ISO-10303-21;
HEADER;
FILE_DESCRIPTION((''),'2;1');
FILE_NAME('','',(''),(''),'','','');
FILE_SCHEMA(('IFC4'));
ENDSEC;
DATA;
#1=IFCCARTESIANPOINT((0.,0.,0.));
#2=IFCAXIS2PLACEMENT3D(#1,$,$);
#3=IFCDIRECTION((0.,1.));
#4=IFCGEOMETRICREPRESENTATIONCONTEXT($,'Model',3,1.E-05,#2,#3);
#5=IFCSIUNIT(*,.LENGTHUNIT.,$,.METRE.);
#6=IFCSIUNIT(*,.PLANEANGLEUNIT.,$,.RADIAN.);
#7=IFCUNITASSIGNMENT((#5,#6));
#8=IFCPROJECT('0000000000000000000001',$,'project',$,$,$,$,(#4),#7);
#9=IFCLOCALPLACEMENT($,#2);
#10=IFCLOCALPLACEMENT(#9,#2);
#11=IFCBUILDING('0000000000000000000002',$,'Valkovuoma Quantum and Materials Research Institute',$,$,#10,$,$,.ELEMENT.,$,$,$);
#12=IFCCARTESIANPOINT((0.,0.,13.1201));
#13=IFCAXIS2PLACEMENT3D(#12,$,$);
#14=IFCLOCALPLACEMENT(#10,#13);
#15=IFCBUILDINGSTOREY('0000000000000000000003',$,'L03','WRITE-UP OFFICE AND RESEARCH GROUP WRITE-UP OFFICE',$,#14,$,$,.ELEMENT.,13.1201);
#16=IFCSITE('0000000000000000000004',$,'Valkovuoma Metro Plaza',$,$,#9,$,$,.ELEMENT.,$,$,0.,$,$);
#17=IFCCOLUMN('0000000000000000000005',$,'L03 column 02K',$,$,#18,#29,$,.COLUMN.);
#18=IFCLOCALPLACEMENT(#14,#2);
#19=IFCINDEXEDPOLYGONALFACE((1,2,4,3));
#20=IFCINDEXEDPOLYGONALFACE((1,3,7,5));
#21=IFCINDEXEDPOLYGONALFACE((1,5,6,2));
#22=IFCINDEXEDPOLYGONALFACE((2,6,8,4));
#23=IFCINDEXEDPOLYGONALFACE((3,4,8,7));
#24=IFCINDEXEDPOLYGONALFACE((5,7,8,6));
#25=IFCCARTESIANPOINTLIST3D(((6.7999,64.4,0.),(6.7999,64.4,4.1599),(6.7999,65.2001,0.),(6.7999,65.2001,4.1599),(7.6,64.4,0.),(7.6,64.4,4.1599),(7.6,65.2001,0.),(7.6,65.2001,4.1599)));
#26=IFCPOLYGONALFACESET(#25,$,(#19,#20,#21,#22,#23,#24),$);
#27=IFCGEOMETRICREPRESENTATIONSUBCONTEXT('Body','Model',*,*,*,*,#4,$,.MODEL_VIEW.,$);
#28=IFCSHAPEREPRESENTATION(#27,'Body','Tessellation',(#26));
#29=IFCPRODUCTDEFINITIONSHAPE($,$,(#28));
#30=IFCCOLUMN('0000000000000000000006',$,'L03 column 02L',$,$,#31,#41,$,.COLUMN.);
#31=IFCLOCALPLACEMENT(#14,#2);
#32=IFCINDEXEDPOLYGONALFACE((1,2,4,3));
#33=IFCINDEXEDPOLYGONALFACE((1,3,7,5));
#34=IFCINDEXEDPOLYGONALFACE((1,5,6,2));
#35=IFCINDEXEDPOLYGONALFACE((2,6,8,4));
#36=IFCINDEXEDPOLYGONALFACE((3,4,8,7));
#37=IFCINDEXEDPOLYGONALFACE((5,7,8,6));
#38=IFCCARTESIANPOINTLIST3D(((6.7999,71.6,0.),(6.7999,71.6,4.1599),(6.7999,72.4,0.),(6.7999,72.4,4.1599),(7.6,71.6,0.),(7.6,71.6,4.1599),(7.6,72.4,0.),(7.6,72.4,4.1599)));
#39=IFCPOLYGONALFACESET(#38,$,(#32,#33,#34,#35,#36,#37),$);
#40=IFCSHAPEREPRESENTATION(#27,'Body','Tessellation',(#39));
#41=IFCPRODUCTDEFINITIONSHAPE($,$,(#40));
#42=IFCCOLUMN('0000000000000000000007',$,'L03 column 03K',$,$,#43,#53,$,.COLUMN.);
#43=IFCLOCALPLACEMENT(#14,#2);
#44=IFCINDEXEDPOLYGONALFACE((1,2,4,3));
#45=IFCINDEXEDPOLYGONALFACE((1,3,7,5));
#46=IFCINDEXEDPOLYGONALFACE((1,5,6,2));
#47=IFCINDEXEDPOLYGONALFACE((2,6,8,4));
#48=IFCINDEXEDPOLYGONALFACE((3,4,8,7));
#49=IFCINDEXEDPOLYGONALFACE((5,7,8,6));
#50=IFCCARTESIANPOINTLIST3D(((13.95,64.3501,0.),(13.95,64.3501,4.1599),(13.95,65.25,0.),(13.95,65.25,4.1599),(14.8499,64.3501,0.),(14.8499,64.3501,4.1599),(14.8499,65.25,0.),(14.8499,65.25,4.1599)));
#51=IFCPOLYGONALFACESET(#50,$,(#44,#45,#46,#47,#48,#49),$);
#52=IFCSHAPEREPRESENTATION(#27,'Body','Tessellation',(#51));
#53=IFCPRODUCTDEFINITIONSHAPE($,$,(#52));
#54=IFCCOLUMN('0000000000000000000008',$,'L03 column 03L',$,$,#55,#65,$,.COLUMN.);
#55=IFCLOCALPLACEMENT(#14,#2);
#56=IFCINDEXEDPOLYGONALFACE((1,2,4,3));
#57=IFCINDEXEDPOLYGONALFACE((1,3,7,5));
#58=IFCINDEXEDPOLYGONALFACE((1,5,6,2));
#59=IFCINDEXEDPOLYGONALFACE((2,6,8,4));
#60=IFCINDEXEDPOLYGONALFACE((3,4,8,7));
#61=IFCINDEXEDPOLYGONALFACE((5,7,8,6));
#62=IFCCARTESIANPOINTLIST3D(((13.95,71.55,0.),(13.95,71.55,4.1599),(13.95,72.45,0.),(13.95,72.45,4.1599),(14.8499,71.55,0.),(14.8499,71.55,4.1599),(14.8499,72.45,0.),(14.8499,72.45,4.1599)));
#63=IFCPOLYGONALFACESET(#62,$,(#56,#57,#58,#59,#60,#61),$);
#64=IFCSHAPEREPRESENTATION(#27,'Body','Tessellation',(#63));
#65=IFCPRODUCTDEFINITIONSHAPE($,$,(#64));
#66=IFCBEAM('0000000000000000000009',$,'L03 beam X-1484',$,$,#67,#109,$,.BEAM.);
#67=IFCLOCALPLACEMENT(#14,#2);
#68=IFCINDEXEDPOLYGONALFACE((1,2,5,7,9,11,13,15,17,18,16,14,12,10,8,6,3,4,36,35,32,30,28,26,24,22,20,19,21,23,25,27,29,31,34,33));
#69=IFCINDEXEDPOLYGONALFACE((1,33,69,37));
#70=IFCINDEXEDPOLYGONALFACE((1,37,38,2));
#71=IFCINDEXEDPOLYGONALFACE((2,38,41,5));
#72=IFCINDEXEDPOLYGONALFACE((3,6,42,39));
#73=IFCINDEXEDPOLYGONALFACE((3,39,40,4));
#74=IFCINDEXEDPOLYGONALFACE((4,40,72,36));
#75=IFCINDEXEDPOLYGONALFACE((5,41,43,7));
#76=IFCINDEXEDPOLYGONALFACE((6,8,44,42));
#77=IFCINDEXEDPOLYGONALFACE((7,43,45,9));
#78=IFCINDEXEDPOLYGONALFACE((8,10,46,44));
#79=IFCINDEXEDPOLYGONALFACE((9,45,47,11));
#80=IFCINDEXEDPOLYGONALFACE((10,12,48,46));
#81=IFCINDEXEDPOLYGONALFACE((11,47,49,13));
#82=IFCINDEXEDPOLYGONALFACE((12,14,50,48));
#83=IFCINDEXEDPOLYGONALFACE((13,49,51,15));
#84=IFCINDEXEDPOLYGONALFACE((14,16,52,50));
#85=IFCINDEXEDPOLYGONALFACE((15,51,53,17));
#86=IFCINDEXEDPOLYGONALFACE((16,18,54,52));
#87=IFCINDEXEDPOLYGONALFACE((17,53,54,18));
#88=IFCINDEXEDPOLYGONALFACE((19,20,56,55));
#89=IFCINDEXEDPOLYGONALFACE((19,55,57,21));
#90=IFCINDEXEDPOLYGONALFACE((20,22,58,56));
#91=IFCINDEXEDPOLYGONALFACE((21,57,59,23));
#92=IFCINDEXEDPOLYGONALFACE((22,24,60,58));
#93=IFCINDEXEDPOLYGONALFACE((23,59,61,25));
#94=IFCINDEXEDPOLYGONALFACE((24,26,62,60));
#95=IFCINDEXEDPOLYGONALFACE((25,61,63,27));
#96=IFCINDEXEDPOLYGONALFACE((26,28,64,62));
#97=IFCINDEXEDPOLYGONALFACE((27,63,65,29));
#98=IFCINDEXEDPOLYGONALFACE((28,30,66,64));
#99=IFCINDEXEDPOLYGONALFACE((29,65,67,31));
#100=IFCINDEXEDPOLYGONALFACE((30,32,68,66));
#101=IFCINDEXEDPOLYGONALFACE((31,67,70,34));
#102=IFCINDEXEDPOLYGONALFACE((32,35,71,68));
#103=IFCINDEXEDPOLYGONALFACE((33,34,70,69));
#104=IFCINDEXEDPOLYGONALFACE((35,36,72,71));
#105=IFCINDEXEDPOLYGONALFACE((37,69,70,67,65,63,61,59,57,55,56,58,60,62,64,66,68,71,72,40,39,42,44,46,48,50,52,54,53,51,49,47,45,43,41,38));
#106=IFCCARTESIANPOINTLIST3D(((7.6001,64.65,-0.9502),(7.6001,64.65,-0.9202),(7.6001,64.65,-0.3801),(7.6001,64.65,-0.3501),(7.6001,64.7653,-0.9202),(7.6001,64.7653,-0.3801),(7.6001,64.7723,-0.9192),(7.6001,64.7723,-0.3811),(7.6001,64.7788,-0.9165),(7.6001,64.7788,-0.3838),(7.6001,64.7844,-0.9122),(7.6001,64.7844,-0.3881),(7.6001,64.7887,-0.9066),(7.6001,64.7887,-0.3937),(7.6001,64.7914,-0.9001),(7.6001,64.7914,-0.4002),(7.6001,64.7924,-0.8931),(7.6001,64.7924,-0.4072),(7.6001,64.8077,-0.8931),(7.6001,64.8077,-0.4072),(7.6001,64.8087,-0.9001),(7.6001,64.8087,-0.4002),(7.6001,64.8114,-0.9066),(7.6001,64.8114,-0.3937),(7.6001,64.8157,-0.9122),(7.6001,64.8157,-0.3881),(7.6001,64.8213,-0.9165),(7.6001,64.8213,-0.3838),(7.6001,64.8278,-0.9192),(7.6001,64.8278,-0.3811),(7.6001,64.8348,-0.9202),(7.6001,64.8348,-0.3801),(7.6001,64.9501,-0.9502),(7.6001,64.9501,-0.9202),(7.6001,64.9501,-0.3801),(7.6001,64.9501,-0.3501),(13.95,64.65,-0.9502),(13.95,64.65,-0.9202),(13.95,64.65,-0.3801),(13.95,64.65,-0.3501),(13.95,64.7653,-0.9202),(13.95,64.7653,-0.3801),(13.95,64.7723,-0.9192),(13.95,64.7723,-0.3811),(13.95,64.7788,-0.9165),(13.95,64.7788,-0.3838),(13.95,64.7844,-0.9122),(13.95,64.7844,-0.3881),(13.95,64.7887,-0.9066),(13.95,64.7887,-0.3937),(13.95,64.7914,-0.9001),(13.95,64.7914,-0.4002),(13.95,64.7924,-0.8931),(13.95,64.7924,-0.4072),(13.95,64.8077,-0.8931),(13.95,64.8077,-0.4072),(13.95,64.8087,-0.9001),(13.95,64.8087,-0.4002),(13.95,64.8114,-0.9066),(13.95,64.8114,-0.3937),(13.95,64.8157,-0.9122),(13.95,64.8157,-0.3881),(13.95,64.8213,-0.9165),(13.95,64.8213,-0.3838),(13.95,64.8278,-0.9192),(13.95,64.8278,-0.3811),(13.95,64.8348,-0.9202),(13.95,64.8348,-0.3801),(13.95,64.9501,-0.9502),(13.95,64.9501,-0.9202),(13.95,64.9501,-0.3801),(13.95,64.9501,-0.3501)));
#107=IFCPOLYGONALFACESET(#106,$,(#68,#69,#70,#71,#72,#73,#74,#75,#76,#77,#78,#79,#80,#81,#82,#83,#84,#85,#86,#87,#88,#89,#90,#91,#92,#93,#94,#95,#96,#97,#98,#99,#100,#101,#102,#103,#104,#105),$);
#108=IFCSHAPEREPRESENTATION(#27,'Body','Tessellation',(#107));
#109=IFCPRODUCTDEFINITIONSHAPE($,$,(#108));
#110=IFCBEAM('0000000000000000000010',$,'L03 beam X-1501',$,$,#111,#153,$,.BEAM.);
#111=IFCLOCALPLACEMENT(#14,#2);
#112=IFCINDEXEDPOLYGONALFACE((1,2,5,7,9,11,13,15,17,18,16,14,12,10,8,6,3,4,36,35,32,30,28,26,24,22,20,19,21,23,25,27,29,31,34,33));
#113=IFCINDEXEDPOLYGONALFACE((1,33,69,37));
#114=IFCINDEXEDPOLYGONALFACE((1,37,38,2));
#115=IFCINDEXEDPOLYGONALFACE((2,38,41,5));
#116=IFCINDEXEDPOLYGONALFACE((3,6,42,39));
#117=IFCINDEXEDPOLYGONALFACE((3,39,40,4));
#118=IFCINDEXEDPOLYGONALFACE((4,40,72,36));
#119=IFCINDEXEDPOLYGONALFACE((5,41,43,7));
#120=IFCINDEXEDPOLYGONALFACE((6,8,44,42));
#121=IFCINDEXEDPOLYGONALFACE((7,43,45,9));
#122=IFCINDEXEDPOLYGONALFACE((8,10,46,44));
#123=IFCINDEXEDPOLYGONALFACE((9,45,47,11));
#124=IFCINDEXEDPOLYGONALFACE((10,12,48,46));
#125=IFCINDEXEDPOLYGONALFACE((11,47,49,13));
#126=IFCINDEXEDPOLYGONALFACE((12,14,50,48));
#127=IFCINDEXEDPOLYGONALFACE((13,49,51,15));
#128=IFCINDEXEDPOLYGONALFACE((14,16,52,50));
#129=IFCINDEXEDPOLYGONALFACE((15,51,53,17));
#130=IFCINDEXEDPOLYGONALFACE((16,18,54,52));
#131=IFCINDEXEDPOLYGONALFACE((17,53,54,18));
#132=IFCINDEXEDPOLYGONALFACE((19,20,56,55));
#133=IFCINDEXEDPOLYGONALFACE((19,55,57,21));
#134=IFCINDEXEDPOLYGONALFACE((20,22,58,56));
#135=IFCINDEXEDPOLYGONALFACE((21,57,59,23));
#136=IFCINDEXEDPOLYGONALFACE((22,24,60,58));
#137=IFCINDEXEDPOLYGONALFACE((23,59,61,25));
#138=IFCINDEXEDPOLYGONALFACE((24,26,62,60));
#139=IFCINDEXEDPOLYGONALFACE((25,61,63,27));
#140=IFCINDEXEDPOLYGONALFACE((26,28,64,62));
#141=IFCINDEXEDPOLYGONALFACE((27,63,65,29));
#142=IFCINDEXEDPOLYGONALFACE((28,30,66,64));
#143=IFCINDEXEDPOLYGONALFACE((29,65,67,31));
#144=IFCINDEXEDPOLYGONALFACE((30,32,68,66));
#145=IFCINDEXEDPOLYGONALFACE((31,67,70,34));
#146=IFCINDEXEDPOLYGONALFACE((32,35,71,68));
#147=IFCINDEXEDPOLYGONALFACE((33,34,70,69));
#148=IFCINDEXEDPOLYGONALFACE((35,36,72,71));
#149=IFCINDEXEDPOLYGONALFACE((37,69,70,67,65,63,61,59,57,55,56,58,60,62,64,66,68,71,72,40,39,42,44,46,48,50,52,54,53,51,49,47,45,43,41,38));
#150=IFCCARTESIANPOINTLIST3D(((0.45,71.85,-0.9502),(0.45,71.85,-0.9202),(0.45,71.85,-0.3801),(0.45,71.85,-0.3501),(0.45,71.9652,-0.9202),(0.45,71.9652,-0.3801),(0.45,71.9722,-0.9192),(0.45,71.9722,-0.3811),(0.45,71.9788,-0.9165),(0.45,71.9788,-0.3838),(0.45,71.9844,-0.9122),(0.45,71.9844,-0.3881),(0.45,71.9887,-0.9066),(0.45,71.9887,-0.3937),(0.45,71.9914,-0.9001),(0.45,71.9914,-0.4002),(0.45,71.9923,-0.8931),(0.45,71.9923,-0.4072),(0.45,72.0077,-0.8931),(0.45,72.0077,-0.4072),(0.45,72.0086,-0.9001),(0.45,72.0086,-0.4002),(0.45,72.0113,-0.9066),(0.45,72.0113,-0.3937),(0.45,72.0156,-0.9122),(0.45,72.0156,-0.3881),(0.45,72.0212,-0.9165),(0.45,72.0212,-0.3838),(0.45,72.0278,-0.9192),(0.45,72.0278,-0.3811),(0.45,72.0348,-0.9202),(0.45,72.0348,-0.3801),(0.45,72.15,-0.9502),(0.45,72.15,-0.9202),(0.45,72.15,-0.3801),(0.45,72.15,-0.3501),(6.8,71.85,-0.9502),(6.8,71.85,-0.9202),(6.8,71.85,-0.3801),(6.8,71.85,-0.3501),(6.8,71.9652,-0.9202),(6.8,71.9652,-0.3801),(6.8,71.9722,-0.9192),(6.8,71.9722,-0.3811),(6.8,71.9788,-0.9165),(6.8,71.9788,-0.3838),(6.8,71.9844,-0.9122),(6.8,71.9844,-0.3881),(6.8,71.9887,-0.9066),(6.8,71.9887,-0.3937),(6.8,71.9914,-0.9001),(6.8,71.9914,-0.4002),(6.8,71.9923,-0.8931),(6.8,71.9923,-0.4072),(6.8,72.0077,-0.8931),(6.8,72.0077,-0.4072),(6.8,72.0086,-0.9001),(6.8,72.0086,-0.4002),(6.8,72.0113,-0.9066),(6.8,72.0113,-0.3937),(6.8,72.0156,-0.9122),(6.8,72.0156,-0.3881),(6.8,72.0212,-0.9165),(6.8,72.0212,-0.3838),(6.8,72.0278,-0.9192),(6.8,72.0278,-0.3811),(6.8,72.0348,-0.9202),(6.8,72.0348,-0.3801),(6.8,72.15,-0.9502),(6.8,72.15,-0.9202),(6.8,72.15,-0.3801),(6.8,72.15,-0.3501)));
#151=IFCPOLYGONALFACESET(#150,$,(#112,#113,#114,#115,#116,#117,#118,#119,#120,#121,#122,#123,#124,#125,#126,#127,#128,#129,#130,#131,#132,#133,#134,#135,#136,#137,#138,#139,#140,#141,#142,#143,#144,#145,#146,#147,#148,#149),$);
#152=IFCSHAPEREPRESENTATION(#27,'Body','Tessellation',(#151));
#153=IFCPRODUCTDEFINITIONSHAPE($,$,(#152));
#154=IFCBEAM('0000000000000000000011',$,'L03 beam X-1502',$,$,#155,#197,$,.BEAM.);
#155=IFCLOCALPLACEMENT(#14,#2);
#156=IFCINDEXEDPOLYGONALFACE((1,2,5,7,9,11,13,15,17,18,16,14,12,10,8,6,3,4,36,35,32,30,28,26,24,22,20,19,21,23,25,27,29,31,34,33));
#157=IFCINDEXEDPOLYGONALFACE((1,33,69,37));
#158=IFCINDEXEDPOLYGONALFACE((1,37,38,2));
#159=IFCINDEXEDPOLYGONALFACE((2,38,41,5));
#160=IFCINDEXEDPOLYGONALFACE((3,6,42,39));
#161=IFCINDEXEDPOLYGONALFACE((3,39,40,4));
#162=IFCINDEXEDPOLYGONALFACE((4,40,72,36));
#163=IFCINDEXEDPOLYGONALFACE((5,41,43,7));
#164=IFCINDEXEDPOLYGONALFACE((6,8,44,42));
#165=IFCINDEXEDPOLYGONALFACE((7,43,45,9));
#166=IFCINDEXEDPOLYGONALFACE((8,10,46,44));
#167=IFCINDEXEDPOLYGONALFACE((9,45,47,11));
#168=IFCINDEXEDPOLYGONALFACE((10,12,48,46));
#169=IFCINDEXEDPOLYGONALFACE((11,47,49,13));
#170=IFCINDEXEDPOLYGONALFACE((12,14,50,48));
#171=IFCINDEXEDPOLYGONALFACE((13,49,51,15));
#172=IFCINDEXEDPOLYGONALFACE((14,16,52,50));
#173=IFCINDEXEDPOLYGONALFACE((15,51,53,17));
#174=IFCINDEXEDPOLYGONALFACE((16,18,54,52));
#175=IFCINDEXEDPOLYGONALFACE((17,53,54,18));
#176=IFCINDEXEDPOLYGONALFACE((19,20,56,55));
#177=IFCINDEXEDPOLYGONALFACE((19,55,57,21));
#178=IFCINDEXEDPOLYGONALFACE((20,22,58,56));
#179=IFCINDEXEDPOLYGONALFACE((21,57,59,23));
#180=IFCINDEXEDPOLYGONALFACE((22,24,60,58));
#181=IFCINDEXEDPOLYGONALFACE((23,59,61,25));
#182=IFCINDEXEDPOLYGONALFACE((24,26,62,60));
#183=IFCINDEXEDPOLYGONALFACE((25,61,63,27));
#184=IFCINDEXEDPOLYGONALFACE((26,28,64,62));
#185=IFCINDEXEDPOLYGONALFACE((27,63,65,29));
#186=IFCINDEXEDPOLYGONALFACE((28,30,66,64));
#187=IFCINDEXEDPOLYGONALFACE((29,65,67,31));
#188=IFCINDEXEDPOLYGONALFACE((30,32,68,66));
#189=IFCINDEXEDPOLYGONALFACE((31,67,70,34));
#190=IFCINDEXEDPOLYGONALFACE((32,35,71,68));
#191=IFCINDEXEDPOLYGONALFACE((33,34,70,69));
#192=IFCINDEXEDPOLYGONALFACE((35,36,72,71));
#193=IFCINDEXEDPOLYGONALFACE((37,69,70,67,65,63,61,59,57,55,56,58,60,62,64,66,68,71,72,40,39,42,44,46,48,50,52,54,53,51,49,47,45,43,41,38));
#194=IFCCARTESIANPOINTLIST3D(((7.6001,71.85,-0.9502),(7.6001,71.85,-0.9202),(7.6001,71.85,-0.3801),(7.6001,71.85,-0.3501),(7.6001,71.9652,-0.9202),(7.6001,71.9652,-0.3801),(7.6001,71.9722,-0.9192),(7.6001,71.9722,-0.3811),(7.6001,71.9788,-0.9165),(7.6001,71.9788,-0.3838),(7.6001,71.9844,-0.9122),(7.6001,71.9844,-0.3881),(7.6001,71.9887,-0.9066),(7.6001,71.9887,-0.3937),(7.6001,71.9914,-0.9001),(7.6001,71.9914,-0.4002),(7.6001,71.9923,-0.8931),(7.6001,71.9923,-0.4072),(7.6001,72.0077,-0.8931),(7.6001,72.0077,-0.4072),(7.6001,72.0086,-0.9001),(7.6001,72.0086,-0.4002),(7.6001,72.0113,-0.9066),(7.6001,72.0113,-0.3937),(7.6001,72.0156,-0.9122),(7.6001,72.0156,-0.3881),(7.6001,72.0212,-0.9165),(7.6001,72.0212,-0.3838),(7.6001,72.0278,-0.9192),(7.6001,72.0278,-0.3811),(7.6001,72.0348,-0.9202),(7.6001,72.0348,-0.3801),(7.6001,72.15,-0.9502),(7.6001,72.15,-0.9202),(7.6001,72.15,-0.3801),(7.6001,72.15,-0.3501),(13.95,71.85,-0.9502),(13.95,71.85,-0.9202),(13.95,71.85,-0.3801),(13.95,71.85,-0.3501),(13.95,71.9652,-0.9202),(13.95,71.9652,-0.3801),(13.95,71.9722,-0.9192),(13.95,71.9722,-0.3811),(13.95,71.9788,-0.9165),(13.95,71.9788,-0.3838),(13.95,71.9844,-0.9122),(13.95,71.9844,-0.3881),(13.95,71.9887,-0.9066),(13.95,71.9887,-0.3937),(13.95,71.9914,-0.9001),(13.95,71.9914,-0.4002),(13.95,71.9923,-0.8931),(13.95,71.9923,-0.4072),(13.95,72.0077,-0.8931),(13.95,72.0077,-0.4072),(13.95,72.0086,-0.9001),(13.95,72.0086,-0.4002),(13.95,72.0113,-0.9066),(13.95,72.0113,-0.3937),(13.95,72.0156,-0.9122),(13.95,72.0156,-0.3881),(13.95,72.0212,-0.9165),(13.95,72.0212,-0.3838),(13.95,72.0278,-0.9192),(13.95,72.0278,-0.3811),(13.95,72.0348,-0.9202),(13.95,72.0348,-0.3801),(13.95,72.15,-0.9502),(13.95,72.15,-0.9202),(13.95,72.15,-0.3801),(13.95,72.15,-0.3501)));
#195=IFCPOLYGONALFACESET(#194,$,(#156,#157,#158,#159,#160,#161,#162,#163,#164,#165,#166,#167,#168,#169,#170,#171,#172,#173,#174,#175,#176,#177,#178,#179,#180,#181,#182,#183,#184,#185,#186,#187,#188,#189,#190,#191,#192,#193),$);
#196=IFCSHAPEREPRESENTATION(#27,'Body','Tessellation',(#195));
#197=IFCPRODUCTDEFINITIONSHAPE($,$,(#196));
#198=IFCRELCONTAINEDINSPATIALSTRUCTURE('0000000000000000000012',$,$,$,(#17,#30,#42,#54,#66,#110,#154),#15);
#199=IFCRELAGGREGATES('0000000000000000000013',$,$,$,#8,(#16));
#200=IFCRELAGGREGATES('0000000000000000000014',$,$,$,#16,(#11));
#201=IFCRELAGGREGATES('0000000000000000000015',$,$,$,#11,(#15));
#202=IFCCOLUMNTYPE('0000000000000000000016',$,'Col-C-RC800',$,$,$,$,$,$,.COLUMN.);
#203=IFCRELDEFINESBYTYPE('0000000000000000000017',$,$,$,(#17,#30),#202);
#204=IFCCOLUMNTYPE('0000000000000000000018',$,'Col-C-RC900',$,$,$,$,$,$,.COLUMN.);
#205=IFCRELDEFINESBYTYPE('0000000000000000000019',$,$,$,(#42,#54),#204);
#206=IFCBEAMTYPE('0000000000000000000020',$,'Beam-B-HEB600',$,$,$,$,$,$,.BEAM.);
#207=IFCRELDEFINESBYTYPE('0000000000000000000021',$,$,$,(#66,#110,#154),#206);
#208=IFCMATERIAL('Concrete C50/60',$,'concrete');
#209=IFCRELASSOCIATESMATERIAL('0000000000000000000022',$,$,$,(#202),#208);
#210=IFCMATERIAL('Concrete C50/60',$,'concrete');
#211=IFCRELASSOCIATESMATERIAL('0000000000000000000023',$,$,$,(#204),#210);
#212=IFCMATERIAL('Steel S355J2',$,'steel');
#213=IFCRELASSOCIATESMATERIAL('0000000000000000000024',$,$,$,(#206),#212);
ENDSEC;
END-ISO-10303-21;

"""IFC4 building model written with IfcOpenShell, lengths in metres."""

from ifc_helpers import new_model, si_unit, direction, frame, origin, origin_2d, place, context, subcontext, project, spatial, rectangle, i_section, extrude, material, material_profile, profile_set, type_object, element, save


model = new_model("IFC4")

# Units and contexts
model_context = context("Model", 3, precision=1e-05, world=origin(), true_north=direction((0.0, 1.0)))
body_context = subcontext(model_context, "Body", "Model", "MODEL_VIEW")
ifc_project = project(units=[si_unit("LENGTHUNIT", "METRE"), si_unit("PLANEANGLEUNIT", "RADIAN")], contexts=[model_context])

# Site, building, storey
site_placement = place(None, origin())
site = spatial("IfcSite", under=ifc_project, at=site_placement, Name="Valkovuoma Metro Plaza", CompositionType="ELEMENT", RefElevation=0.0)
building_placement = place(site_placement, origin())
building = spatial("IfcBuilding", under=site, at=building_placement, Name="Valkovuoma Quantum and Materials Research Institute", CompositionType="ELEMENT")
storey_placement = place(building_placement, frame((0.0, 0.0, 13.1201)))
storey = spatial("IfcBuildingStorey", under=building, at=storey_placement, Name="L03", Description="WRITE-UP OFFICE AND RESEARCH GROUP WRITE-UP OFFICE", CompositionType="ELEMENT", Elevation=13.1201)

# Columns
ifc_material_1 = material(Name="Concrete C50/60", Category="concrete")
ifc_material_profile_1 = material_profile(ifc_material_1, rectangle(XDim=0.8, YDim=0.8, at=origin_2d()), Name="Concrete C50/60")
ifc_profile_set_1 = profile_set([ifc_material_profile_1], Name="Concrete C50/60")
column_type_1 = type_object("IfcColumnType", Name="Col-C-RC800", PredefinedType="COLUMN", material=ifc_profile_set_1)
for number, where, z_axis, x_axis, name in (
    (1, (7.2, 64.8, 0.0), (0.0, 0.0, 1.0), (1.0, 0.0, 0.0), "L03 column 02K"),
    (2, (7.2, 72.0, 0.0), (0.0, 0.0, 1.0), (1.0, 0.0, 0.0), "L03 column 02L"),
):
    element("IfcColumn", number, at=place(storey_placement, frame(where, z_axis=z_axis, x_axis=x_axis)), inside=storey, type_object=column_type_1, Name=name, PredefinedType="COLUMN", context=body_context, shape_type="SweptSolid", body=[
        extrude(rectangle(XDim=0.8, YDim=0.8, at=origin_2d()), origin(), (0.0, 0.0, 1.0), 4.1599),
    ])
ifc_material_2 = material(Name="Concrete C50/60", Category="concrete")
ifc_material_profile_2 = material_profile(ifc_material_2, rectangle(XDim=0.8999, YDim=0.8999, at=origin_2d()), Name="Concrete C50/60")
ifc_profile_set_2 = profile_set([ifc_material_profile_2], Name="Concrete C50/60")
column_type_2 = type_object("IfcColumnType", Name="Col-C-RC900", PredefinedType="COLUMN", material=ifc_profile_set_2)
for number, where, z_axis, x_axis, name in (
    (3, (14.3999, 64.8, 0.0), (0.0, 0.0, 1.0), (1.0, 0.0, 0.0), "L03 column 03K"),
    (4, (14.3999, 72.0, 0.0), (0.0, 0.0, 1.0), (1.0, 0.0, 0.0), "L03 column 03L"),
):
    element("IfcColumn", number, at=place(storey_placement, frame(where, z_axis=z_axis, x_axis=x_axis)), inside=storey, type_object=column_type_2, Name=name, PredefinedType="COLUMN", context=body_context, shape_type="SweptSolid", body=[
        extrude(rectangle(XDim=0.8999, YDim=0.8999, at=origin_2d()), origin(), (0.0, 0.0, 1.0), 4.1599),
    ])

# Beams
ifc_material_3 = material(Name="Steel S355J2", Category="steel")
ifc_material_profile_3 = material_profile(ifc_material_3, i_section(OverallWidth=0.3, OverallDepth=0.6001, WebThickness=0.0154, FlangeThickness=0.03, FilletRadius=0.0271, at=origin_2d()), Name="Steel S355J2")
ifc_profile_set_3 = profile_set([ifc_material_profile_3], Name="Steel S355J2")
beam_type_1 = type_object("IfcBeamType", Name="Beam-B-HEB600", PredefinedType="BEAM", material=ifc_profile_set_3)
beam_1_placement = place(storey_placement, frame((7.6001, 64.8, -0.6501), z_axis=(1.0, 0.0, 0.0), x_axis=(0.0, 1.0, 0.0)))
element("IfcBeam", 5, at=beam_1_placement, inside=storey, type_object=beam_type_1, Name="L03 beam X-1484", PredefinedType="BEAM", context=body_context, shape_type="SweptSolid", body=[
    extrude(i_section(OverallWidth=0.3, OverallDepth=0.6001, WebThickness=0.0154, FlangeThickness=0.03, FilletRadius=0.0271, at=origin_2d()), origin(), (0.0, 0.0, 1.0), 6.3499),
])
beam_2_placement = place(storey_placement, frame((0.45, 72.0, -0.6501), z_axis=(1.0, 0.0, 0.0), x_axis=(0.0, 1.0, 0.0)))
element("IfcBeam", 6, at=beam_2_placement, inside=storey, type_object=beam_type_1, Name="L03 beam X-1501", PredefinedType="BEAM", context=body_context, shape_type="SweptSolid", body=[
    extrude(i_section(OverallWidth=0.3, OverallDepth=0.6001, WebThickness=0.0154, FlangeThickness=0.03, FilletRadius=0.0271, at=origin_2d()), origin(), (0.0, 0.0, 1.0), 6.3501),
])
beam_3_placement = place(storey_placement, frame((7.6001, 72.0, -0.6501), z_axis=(1.0, 0.0, 0.0), x_axis=(0.0, 1.0, 0.0)))
element("IfcBeam", 7, at=beam_3_placement, inside=storey, type_object=beam_type_1, Name="L03 beam X-1502", PredefinedType="BEAM", context=body_context, shape_type="SweptSolid", body=[
    extrude(i_section(OverallWidth=0.3, OverallDepth=0.6001, WebThickness=0.0154, FlangeThickness=0.03, FilletRadius=0.0271, at=origin_2d()), origin(), (0.0, 0.0, 1.0), 6.3499),
])

save(model, "model.ifc")
